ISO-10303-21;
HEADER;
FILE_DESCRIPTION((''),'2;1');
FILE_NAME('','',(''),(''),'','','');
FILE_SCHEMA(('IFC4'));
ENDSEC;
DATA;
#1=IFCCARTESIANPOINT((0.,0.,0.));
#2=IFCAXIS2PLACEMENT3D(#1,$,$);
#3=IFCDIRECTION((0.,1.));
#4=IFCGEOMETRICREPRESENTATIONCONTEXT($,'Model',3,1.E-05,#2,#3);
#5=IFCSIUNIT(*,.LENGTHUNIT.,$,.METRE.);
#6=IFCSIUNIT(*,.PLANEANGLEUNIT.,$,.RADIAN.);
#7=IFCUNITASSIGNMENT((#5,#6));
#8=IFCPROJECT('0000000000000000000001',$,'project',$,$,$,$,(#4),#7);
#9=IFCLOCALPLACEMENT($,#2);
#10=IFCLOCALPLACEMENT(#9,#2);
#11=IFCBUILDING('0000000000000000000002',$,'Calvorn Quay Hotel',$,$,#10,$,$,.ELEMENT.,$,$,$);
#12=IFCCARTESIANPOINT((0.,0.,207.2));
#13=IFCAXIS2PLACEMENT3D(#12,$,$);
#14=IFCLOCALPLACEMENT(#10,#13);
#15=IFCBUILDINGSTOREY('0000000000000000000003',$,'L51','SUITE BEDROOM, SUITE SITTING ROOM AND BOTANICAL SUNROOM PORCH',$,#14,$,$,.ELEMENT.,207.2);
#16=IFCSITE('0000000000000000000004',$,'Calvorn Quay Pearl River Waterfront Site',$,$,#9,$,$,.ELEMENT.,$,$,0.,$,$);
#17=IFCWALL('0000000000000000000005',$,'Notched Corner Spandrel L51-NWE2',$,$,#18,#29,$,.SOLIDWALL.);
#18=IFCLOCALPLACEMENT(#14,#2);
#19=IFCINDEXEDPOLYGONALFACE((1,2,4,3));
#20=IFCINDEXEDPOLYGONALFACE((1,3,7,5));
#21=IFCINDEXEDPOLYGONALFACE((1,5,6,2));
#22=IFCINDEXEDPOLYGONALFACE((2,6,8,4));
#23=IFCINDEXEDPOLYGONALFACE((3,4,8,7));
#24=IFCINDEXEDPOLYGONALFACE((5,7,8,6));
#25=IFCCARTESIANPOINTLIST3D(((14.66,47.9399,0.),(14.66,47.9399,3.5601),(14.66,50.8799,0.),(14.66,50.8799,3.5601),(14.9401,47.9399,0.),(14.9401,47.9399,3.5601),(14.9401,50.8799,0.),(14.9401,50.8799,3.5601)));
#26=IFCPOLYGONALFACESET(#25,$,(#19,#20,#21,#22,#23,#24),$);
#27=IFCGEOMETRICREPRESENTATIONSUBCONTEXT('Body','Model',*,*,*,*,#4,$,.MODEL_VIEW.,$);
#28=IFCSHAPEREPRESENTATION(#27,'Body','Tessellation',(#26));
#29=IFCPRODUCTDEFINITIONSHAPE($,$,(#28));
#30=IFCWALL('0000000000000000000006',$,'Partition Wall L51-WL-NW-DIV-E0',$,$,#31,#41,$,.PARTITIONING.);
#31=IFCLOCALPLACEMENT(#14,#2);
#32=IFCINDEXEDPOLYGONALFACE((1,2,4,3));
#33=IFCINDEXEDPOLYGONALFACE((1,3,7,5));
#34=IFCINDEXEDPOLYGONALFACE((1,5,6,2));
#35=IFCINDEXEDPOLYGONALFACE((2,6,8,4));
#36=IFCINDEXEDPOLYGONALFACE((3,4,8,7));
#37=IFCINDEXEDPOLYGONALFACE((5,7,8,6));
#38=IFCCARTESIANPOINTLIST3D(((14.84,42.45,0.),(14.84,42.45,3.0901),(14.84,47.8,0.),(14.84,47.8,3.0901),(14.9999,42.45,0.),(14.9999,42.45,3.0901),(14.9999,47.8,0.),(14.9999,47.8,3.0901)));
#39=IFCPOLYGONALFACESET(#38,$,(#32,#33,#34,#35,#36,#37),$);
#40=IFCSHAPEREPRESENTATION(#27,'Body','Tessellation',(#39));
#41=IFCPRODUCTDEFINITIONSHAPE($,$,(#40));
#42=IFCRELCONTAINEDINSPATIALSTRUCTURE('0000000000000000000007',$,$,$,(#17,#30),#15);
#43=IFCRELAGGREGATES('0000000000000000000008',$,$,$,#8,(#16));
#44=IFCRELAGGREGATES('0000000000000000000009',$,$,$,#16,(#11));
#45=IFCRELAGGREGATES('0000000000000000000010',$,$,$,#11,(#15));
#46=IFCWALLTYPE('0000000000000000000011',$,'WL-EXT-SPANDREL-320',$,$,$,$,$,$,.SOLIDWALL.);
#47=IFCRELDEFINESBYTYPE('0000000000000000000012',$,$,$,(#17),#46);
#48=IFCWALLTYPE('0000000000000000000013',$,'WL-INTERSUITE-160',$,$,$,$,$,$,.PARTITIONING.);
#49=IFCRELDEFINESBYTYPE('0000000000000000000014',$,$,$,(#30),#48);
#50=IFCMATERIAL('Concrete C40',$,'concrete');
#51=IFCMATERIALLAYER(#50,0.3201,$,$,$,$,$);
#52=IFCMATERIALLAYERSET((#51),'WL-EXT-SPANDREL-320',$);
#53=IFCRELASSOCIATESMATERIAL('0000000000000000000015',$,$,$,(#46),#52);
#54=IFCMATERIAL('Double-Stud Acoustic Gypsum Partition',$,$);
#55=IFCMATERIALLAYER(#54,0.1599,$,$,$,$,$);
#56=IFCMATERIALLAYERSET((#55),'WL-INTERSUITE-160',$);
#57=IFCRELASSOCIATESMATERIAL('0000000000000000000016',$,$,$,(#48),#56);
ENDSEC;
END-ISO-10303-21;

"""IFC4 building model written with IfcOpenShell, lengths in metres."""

from ifc_helpers import new_model, si_unit, direction, frame, frame_2d, origin, place, context, subcontext, project, spatial, rectangle, extrude, material, layer, layer_set, type_object, element, save


model = new_model("IFC4")

# Units and contexts
model_context = context("Model", 3, precision=1e-05, world=origin(), true_north=direction((0.0, 1.0)))
body_context = subcontext(model_context, "Body", "Model", "MODEL_VIEW")
ifc_project = project(units=[si_unit("LENGTHUNIT", "METRE"), si_unit("PLANEANGLEUNIT", "RADIAN")], contexts=[model_context])

# Site, building, storey
site_placement = place(None, origin())
site = spatial("IfcSite", under=ifc_project, at=site_placement, Name="Calvorn Quay Pearl River Waterfront Site", CompositionType="ELEMENT", RefElevation=0.0)
building_placement = place(site_placement, origin())
building = spatial("IfcBuilding", under=site, at=building_placement, Name="Calvorn Quay Hotel", CompositionType="ELEMENT")
storey_placement = place(building_placement, frame((0.0, 0.0, 207.2)))
storey = spatial("IfcBuildingStorey", under=building, at=storey_placement, Name="L51", Description="SUITE BEDROOM, SUITE SITTING ROOM AND BOTANICAL SUNROOM PORCH", CompositionType="ELEMENT", Elevation=207.2)

# Walls
ifc_material_1 = material(Name="Concrete C40", Category="concrete")
ifc_layer_1 = layer(ifc_material_1, 0.3201)
ifc_layer_set_1 = layer_set([ifc_layer_1], Name="WL-EXT-SPANDREL-320")
wall_type_1 = type_object("IfcWallType", Name="WL-EXT-SPANDREL-320", PredefinedType="SOLIDWALL", material=ifc_layer_set_1)
wall_1_placement = place(storey_placement, frame((14.8, 47.9399, 0.0), z_axis=(0.0, 0.0, 1.0), x_axis=(0.0, 1.0, 0.0)))
element("IfcWall", 1, at=wall_1_placement, inside=storey, type_object=wall_type_1, Name="Notched Corner Spandrel L51-NWE2", PredefinedType="SOLIDWALL", context=body_context, shape_type="SweptSolid", body=[
    extrude(rectangle(XDim=2.9399, YDim=0.28, at=frame_2d((1.47, 0.0))), origin(), (0.0, 0.0, 1.0), 3.5601),
])
ifc_material_2 = material(Name="Double-Stud Acoustic Gypsum Partition")
ifc_layer_2 = layer(ifc_material_2, 0.1599)
ifc_layer_set_2 = layer_set([ifc_layer_2], Name="WL-INTERSUITE-160")
wall_type_2 = type_object("IfcWallType", Name="WL-INTERSUITE-160", PredefinedType="PARTITIONING", material=ifc_layer_set_2)
wall_2_placement = place(storey_placement, frame((14.9199, 42.45, 0.0), z_axis=(0.0, 0.0, 1.0), x_axis=(0.0, 1.0, 0.0)))
element("IfcWall", 2, at=wall_2_placement, inside=storey, type_object=wall_type_2, Name="Partition Wall L51-WL-NW-DIV-E0", PredefinedType="PARTITIONING", context=body_context, shape_type="SweptSolid", body=[
    extrude(rectangle(XDim=5.3501, YDim=0.1599, at=frame_2d((2.675, 0.0))), origin(), (0.0, 0.0, 1.0), 3.0901),
])

save(model, "model.ifc")
